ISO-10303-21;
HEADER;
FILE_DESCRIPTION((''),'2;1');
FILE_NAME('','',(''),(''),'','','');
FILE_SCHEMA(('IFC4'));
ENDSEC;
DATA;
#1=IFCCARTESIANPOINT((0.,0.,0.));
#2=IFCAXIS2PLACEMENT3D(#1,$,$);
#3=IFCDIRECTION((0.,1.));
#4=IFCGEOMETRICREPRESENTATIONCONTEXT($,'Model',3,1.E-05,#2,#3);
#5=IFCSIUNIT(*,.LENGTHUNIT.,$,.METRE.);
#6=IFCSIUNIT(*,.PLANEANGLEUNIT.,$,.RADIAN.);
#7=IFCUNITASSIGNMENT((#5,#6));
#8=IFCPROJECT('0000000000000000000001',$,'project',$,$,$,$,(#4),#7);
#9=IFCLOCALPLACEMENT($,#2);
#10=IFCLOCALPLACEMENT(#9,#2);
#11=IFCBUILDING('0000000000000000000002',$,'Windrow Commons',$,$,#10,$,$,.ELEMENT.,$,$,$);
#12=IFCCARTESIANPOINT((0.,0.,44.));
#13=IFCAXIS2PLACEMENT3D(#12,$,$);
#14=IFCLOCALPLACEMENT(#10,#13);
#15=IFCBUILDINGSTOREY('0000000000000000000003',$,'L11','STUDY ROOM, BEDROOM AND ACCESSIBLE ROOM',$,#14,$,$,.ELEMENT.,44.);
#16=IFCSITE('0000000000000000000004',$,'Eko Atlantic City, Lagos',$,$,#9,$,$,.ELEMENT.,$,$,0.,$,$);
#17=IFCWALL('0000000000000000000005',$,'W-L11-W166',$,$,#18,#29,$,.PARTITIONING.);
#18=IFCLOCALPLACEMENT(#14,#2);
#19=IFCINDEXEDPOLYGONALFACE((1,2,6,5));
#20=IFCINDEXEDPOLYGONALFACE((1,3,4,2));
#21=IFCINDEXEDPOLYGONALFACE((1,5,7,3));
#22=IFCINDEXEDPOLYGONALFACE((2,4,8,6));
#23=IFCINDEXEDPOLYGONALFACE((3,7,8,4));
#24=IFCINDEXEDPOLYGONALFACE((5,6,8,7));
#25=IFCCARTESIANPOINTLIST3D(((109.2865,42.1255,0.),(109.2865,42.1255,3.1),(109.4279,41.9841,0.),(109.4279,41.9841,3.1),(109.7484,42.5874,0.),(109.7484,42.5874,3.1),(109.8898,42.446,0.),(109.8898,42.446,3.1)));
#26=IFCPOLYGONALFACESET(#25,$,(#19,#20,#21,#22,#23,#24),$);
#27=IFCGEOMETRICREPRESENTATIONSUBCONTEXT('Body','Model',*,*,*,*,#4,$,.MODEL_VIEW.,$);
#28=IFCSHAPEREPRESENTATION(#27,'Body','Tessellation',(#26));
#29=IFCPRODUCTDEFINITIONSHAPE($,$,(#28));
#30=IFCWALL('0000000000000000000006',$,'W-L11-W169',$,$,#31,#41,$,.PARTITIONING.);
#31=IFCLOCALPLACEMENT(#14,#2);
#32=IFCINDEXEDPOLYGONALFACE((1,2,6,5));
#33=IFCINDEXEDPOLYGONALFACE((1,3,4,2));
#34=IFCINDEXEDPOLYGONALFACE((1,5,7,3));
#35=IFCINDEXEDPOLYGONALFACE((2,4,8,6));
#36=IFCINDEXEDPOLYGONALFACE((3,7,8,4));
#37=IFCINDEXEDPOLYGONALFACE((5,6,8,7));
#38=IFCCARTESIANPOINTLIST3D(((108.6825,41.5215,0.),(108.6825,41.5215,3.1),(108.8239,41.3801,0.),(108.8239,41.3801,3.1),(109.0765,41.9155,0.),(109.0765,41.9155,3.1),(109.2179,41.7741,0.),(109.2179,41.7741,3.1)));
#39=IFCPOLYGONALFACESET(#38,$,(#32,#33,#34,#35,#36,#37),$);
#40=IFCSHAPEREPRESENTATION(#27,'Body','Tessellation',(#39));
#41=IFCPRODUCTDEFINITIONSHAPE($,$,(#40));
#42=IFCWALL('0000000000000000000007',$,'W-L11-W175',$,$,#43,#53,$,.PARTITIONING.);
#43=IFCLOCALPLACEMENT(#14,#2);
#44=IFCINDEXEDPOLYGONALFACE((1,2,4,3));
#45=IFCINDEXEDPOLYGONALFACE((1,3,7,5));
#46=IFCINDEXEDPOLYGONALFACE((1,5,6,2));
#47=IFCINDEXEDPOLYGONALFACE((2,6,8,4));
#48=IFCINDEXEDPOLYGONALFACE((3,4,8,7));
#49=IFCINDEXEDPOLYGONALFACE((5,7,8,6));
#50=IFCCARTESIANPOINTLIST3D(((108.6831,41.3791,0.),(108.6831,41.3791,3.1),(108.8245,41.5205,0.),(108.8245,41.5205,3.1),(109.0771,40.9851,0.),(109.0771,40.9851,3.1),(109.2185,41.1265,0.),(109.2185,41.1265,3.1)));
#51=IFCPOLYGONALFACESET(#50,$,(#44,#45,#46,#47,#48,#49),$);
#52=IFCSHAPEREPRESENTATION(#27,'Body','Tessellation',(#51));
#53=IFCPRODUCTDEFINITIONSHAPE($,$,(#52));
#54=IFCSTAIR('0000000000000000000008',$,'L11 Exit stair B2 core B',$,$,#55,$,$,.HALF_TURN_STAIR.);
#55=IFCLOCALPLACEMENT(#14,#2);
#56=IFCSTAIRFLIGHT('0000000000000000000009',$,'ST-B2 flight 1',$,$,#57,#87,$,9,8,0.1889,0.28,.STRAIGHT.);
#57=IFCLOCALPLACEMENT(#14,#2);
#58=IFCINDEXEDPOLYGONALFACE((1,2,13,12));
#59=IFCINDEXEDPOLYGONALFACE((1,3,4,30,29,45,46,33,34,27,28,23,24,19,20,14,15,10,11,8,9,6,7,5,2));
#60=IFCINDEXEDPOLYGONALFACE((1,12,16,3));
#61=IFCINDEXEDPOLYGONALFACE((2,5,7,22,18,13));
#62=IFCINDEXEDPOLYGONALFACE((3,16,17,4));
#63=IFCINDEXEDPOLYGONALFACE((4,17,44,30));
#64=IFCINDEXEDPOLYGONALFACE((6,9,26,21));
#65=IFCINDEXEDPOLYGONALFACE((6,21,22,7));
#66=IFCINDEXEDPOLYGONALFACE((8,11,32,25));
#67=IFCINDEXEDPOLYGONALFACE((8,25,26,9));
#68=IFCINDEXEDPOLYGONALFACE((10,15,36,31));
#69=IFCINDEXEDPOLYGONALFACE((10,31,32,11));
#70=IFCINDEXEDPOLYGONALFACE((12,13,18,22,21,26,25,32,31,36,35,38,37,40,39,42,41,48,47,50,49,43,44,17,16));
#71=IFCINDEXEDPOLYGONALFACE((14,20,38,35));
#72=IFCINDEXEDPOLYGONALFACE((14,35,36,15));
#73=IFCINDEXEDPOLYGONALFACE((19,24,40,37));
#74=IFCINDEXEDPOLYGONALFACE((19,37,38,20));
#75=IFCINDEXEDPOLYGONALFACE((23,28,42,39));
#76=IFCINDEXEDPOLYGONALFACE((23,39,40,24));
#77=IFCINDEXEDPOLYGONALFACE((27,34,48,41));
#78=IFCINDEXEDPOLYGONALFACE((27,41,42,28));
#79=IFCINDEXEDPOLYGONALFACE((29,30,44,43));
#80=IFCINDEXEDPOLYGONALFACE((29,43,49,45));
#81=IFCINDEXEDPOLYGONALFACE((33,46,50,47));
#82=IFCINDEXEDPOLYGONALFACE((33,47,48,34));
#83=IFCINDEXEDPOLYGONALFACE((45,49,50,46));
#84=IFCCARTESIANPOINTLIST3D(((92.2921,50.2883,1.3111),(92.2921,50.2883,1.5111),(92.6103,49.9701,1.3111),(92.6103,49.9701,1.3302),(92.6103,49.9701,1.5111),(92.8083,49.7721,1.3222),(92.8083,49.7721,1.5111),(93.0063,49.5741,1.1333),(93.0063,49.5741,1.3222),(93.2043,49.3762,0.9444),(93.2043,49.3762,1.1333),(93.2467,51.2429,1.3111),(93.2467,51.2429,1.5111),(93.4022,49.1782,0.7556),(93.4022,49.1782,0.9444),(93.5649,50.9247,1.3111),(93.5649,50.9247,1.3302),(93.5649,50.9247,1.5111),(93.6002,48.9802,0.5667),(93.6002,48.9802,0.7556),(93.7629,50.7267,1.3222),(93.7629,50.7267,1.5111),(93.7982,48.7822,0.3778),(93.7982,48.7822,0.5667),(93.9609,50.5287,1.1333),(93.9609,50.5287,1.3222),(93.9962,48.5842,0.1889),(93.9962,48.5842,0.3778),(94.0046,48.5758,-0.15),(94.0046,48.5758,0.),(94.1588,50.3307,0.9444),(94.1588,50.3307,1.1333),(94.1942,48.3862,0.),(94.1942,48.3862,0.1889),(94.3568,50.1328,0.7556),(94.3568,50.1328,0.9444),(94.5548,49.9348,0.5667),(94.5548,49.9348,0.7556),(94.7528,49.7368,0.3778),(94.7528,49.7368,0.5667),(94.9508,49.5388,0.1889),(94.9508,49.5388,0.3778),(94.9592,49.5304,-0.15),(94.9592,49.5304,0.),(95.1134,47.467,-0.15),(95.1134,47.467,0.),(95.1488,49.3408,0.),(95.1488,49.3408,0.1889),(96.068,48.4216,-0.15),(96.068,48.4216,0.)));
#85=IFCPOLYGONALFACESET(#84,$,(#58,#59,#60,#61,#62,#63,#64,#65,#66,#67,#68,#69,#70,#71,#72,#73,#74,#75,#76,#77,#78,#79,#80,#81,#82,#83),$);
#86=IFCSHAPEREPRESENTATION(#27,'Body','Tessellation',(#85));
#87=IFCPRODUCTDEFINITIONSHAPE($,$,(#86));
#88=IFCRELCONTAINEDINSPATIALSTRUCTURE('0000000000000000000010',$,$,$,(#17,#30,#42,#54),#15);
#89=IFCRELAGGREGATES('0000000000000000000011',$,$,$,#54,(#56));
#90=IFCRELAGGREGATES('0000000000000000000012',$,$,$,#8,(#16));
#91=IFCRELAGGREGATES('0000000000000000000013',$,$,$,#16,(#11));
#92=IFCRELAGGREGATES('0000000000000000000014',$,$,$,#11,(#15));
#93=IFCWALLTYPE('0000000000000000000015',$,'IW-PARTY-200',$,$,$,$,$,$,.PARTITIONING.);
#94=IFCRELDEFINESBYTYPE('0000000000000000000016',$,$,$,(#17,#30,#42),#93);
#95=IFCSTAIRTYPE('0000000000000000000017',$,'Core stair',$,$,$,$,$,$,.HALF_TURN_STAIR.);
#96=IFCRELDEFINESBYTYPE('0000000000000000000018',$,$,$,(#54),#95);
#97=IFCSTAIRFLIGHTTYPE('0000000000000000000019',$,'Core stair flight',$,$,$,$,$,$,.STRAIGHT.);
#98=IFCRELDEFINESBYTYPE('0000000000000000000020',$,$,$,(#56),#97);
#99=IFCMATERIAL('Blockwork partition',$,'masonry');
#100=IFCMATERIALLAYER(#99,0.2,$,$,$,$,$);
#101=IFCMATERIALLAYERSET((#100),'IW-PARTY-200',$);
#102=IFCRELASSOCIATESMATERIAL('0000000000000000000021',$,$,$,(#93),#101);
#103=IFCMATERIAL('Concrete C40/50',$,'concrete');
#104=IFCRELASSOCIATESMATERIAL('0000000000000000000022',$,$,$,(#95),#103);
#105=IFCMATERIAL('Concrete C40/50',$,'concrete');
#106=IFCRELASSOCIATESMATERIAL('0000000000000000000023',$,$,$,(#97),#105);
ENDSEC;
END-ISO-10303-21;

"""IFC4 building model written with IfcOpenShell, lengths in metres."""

from ifc_helpers import new_model, si_unit, direction, frame, frame_2d, origin, place, context, subcontext, project, spatial, polyline, rectangle, outline, extrude, material, layer, layer_set, type_object, element, aggregate, save


model = new_model("IFC4")

# Units and contexts
model_context = context("Model", 3, precision=1e-05, world=origin(), true_north=direction((0.0, 1.0)))
body_context = subcontext(model_context, "Body", "Model", "MODEL_VIEW")
ifc_project = project(units=[si_unit("LENGTHUNIT", "METRE"), si_unit("PLANEANGLEUNIT", "RADIAN")], contexts=[model_context])

# Site, building, storey
site_placement = place(None, origin())
site = spatial("IfcSite", under=ifc_project, at=site_placement, Name="Eko Atlantic City, Lagos", CompositionType="ELEMENT", RefElevation=0.0)
building_placement = place(site_placement, origin())
building = spatial("IfcBuilding", under=site, at=building_placement, Name="Windrow Commons", CompositionType="ELEMENT")
storey_placement = place(building_placement, frame((0.0, 0.0, 44.0)))
storey = spatial("IfcBuildingStorey", under=building, at=storey_placement, Name="L11", Description="STUDY ROOM, BEDROOM AND ACCESSIBLE ROOM", CompositionType="ELEMENT", Elevation=44.0)

# Walls
ifc_material_1 = material(Name="Blockwork partition", Category="masonry")
ifc_layer_1 = layer(ifc_material_1, 0.2)
ifc_layer_set_1 = layer_set([ifc_layer_1], Name="IW-PARTY-200")
wall_type_1 = type_object("IfcWallType", Name="IW-PARTY-200", PredefinedType="PARTITIONING", material=ifc_layer_set_1)
wall_1_placement = place(storey_placement, frame((109.3572, 42.0548, 0.0), z_axis=(0.0, 0.0, 1.0), x_axis=(0.707107, 0.707107, 0.0)))
element("IfcWall", 1, at=wall_1_placement, inside=storey, type_object=wall_type_1, Name="W-L11-W166", PredefinedType="PARTITIONING", context=body_context, shape_type="SweptSolid", body=[
    extrude(rectangle(XDim=0.6532, YDim=0.2, at=frame_2d((0.3266, 0.0))), origin(), (0.0, 0.0, 1.0), 3.1),
])
for number, where, z_axis, x_axis, name in (
    (2, (108.7532, 41.4508, 0.0), (0.0, 0.0, 1.0), (0.707107, 0.707107, 0.0), "W-L11-W169"),
    (3, (108.7538, 41.4498, 0.0), (0.0, 0.0, 1.0), (0.707107, -0.707107, 0.0), "W-L11-W175"),
):
    element("IfcWall", number, at=place(storey_placement, frame(where, z_axis=z_axis, x_axis=x_axis)), inside=storey, type_object=wall_type_1, Name=name, PredefinedType="PARTITIONING", context=body_context, shape_type="SweptSolid", body=[
        extrude(rectangle(XDim=0.5572, YDim=0.2, at=frame_2d((0.2786, 0.0))), origin(), (0.0, 0.0, 1.0), 3.1),
    ])

# Stair, stair flight
ifc_material_2 = material(Name="Concrete C40/50", Category="concrete")
stair_type = type_object("IfcStairType", Name="Core stair", PredefinedType="HALF_TURN_STAIR", material=ifc_material_2)
stair_placement = place(storey_placement, origin())
stair = element("IfcStair", 4, at=stair_placement, inside=storey, type_object=stair_type, Name="L11 Exit stair B2 core B", PredefinedType="HALF_TURN_STAIR")
ifc_material_3 = material(Name="Concrete C40/50", Category="concrete")
stair_flight_type = type_object("IfcStairFlightType", Name="Core stair flight", PredefinedType="STRAIGHT", material=ifc_material_3)
stair_flight_placement = place(storey_placement, frame((94.6715, 48.8635, 0.0), z_axis=(0.0, 0.0, 1.0), x_axis=(-0.707107, 0.707107, 0.0)))
stair_flight = element("IfcStairFlight", 5, at=stair_flight_placement, type_object=stair_flight_type, Name="ST-B2 flight 1", NumberOfRisers=9, NumberOfTreads=8, PredefinedType="STRAIGHT", RiserHeight=0.1889, TreadLength=0.28, context=body_context, shape_type="SweptSolid", body=[
    extrude(outline(polyline([(-1.3, -0.15), (-1.3, 0.0), (0.0, 0.0), (0.0, 0.1889), (0.28, 0.1889), (0.28, 0.3778), (0.56, 0.3778), (0.56, 0.5667), (0.84, 0.5667), (0.84, 0.7556), (1.12, 0.7556), (1.12, 0.9444), (1.4, 0.9444), (1.4, 1.1333), (1.68, 1.1333), (1.68, 1.3222), (1.96, 1.3222), (1.96, 1.5111), (2.24, 1.5111), (2.69, 1.5111), (2.69, 1.3111), (2.24, 1.3111), (2.24, 1.3302), (0.2682, 0.0), (0.2682, -0.15), (-1.3, -0.15)])), frame((0.0, 0.675, 0.0), z_axis=(0.0, -1.0, 0.0), x_axis=(1.0, 0.0, 0.0)), (0.0, 0.0, 1.0), 1.35),
])
aggregate(stair, [stair_flight])

save(model, "model.ifc")
